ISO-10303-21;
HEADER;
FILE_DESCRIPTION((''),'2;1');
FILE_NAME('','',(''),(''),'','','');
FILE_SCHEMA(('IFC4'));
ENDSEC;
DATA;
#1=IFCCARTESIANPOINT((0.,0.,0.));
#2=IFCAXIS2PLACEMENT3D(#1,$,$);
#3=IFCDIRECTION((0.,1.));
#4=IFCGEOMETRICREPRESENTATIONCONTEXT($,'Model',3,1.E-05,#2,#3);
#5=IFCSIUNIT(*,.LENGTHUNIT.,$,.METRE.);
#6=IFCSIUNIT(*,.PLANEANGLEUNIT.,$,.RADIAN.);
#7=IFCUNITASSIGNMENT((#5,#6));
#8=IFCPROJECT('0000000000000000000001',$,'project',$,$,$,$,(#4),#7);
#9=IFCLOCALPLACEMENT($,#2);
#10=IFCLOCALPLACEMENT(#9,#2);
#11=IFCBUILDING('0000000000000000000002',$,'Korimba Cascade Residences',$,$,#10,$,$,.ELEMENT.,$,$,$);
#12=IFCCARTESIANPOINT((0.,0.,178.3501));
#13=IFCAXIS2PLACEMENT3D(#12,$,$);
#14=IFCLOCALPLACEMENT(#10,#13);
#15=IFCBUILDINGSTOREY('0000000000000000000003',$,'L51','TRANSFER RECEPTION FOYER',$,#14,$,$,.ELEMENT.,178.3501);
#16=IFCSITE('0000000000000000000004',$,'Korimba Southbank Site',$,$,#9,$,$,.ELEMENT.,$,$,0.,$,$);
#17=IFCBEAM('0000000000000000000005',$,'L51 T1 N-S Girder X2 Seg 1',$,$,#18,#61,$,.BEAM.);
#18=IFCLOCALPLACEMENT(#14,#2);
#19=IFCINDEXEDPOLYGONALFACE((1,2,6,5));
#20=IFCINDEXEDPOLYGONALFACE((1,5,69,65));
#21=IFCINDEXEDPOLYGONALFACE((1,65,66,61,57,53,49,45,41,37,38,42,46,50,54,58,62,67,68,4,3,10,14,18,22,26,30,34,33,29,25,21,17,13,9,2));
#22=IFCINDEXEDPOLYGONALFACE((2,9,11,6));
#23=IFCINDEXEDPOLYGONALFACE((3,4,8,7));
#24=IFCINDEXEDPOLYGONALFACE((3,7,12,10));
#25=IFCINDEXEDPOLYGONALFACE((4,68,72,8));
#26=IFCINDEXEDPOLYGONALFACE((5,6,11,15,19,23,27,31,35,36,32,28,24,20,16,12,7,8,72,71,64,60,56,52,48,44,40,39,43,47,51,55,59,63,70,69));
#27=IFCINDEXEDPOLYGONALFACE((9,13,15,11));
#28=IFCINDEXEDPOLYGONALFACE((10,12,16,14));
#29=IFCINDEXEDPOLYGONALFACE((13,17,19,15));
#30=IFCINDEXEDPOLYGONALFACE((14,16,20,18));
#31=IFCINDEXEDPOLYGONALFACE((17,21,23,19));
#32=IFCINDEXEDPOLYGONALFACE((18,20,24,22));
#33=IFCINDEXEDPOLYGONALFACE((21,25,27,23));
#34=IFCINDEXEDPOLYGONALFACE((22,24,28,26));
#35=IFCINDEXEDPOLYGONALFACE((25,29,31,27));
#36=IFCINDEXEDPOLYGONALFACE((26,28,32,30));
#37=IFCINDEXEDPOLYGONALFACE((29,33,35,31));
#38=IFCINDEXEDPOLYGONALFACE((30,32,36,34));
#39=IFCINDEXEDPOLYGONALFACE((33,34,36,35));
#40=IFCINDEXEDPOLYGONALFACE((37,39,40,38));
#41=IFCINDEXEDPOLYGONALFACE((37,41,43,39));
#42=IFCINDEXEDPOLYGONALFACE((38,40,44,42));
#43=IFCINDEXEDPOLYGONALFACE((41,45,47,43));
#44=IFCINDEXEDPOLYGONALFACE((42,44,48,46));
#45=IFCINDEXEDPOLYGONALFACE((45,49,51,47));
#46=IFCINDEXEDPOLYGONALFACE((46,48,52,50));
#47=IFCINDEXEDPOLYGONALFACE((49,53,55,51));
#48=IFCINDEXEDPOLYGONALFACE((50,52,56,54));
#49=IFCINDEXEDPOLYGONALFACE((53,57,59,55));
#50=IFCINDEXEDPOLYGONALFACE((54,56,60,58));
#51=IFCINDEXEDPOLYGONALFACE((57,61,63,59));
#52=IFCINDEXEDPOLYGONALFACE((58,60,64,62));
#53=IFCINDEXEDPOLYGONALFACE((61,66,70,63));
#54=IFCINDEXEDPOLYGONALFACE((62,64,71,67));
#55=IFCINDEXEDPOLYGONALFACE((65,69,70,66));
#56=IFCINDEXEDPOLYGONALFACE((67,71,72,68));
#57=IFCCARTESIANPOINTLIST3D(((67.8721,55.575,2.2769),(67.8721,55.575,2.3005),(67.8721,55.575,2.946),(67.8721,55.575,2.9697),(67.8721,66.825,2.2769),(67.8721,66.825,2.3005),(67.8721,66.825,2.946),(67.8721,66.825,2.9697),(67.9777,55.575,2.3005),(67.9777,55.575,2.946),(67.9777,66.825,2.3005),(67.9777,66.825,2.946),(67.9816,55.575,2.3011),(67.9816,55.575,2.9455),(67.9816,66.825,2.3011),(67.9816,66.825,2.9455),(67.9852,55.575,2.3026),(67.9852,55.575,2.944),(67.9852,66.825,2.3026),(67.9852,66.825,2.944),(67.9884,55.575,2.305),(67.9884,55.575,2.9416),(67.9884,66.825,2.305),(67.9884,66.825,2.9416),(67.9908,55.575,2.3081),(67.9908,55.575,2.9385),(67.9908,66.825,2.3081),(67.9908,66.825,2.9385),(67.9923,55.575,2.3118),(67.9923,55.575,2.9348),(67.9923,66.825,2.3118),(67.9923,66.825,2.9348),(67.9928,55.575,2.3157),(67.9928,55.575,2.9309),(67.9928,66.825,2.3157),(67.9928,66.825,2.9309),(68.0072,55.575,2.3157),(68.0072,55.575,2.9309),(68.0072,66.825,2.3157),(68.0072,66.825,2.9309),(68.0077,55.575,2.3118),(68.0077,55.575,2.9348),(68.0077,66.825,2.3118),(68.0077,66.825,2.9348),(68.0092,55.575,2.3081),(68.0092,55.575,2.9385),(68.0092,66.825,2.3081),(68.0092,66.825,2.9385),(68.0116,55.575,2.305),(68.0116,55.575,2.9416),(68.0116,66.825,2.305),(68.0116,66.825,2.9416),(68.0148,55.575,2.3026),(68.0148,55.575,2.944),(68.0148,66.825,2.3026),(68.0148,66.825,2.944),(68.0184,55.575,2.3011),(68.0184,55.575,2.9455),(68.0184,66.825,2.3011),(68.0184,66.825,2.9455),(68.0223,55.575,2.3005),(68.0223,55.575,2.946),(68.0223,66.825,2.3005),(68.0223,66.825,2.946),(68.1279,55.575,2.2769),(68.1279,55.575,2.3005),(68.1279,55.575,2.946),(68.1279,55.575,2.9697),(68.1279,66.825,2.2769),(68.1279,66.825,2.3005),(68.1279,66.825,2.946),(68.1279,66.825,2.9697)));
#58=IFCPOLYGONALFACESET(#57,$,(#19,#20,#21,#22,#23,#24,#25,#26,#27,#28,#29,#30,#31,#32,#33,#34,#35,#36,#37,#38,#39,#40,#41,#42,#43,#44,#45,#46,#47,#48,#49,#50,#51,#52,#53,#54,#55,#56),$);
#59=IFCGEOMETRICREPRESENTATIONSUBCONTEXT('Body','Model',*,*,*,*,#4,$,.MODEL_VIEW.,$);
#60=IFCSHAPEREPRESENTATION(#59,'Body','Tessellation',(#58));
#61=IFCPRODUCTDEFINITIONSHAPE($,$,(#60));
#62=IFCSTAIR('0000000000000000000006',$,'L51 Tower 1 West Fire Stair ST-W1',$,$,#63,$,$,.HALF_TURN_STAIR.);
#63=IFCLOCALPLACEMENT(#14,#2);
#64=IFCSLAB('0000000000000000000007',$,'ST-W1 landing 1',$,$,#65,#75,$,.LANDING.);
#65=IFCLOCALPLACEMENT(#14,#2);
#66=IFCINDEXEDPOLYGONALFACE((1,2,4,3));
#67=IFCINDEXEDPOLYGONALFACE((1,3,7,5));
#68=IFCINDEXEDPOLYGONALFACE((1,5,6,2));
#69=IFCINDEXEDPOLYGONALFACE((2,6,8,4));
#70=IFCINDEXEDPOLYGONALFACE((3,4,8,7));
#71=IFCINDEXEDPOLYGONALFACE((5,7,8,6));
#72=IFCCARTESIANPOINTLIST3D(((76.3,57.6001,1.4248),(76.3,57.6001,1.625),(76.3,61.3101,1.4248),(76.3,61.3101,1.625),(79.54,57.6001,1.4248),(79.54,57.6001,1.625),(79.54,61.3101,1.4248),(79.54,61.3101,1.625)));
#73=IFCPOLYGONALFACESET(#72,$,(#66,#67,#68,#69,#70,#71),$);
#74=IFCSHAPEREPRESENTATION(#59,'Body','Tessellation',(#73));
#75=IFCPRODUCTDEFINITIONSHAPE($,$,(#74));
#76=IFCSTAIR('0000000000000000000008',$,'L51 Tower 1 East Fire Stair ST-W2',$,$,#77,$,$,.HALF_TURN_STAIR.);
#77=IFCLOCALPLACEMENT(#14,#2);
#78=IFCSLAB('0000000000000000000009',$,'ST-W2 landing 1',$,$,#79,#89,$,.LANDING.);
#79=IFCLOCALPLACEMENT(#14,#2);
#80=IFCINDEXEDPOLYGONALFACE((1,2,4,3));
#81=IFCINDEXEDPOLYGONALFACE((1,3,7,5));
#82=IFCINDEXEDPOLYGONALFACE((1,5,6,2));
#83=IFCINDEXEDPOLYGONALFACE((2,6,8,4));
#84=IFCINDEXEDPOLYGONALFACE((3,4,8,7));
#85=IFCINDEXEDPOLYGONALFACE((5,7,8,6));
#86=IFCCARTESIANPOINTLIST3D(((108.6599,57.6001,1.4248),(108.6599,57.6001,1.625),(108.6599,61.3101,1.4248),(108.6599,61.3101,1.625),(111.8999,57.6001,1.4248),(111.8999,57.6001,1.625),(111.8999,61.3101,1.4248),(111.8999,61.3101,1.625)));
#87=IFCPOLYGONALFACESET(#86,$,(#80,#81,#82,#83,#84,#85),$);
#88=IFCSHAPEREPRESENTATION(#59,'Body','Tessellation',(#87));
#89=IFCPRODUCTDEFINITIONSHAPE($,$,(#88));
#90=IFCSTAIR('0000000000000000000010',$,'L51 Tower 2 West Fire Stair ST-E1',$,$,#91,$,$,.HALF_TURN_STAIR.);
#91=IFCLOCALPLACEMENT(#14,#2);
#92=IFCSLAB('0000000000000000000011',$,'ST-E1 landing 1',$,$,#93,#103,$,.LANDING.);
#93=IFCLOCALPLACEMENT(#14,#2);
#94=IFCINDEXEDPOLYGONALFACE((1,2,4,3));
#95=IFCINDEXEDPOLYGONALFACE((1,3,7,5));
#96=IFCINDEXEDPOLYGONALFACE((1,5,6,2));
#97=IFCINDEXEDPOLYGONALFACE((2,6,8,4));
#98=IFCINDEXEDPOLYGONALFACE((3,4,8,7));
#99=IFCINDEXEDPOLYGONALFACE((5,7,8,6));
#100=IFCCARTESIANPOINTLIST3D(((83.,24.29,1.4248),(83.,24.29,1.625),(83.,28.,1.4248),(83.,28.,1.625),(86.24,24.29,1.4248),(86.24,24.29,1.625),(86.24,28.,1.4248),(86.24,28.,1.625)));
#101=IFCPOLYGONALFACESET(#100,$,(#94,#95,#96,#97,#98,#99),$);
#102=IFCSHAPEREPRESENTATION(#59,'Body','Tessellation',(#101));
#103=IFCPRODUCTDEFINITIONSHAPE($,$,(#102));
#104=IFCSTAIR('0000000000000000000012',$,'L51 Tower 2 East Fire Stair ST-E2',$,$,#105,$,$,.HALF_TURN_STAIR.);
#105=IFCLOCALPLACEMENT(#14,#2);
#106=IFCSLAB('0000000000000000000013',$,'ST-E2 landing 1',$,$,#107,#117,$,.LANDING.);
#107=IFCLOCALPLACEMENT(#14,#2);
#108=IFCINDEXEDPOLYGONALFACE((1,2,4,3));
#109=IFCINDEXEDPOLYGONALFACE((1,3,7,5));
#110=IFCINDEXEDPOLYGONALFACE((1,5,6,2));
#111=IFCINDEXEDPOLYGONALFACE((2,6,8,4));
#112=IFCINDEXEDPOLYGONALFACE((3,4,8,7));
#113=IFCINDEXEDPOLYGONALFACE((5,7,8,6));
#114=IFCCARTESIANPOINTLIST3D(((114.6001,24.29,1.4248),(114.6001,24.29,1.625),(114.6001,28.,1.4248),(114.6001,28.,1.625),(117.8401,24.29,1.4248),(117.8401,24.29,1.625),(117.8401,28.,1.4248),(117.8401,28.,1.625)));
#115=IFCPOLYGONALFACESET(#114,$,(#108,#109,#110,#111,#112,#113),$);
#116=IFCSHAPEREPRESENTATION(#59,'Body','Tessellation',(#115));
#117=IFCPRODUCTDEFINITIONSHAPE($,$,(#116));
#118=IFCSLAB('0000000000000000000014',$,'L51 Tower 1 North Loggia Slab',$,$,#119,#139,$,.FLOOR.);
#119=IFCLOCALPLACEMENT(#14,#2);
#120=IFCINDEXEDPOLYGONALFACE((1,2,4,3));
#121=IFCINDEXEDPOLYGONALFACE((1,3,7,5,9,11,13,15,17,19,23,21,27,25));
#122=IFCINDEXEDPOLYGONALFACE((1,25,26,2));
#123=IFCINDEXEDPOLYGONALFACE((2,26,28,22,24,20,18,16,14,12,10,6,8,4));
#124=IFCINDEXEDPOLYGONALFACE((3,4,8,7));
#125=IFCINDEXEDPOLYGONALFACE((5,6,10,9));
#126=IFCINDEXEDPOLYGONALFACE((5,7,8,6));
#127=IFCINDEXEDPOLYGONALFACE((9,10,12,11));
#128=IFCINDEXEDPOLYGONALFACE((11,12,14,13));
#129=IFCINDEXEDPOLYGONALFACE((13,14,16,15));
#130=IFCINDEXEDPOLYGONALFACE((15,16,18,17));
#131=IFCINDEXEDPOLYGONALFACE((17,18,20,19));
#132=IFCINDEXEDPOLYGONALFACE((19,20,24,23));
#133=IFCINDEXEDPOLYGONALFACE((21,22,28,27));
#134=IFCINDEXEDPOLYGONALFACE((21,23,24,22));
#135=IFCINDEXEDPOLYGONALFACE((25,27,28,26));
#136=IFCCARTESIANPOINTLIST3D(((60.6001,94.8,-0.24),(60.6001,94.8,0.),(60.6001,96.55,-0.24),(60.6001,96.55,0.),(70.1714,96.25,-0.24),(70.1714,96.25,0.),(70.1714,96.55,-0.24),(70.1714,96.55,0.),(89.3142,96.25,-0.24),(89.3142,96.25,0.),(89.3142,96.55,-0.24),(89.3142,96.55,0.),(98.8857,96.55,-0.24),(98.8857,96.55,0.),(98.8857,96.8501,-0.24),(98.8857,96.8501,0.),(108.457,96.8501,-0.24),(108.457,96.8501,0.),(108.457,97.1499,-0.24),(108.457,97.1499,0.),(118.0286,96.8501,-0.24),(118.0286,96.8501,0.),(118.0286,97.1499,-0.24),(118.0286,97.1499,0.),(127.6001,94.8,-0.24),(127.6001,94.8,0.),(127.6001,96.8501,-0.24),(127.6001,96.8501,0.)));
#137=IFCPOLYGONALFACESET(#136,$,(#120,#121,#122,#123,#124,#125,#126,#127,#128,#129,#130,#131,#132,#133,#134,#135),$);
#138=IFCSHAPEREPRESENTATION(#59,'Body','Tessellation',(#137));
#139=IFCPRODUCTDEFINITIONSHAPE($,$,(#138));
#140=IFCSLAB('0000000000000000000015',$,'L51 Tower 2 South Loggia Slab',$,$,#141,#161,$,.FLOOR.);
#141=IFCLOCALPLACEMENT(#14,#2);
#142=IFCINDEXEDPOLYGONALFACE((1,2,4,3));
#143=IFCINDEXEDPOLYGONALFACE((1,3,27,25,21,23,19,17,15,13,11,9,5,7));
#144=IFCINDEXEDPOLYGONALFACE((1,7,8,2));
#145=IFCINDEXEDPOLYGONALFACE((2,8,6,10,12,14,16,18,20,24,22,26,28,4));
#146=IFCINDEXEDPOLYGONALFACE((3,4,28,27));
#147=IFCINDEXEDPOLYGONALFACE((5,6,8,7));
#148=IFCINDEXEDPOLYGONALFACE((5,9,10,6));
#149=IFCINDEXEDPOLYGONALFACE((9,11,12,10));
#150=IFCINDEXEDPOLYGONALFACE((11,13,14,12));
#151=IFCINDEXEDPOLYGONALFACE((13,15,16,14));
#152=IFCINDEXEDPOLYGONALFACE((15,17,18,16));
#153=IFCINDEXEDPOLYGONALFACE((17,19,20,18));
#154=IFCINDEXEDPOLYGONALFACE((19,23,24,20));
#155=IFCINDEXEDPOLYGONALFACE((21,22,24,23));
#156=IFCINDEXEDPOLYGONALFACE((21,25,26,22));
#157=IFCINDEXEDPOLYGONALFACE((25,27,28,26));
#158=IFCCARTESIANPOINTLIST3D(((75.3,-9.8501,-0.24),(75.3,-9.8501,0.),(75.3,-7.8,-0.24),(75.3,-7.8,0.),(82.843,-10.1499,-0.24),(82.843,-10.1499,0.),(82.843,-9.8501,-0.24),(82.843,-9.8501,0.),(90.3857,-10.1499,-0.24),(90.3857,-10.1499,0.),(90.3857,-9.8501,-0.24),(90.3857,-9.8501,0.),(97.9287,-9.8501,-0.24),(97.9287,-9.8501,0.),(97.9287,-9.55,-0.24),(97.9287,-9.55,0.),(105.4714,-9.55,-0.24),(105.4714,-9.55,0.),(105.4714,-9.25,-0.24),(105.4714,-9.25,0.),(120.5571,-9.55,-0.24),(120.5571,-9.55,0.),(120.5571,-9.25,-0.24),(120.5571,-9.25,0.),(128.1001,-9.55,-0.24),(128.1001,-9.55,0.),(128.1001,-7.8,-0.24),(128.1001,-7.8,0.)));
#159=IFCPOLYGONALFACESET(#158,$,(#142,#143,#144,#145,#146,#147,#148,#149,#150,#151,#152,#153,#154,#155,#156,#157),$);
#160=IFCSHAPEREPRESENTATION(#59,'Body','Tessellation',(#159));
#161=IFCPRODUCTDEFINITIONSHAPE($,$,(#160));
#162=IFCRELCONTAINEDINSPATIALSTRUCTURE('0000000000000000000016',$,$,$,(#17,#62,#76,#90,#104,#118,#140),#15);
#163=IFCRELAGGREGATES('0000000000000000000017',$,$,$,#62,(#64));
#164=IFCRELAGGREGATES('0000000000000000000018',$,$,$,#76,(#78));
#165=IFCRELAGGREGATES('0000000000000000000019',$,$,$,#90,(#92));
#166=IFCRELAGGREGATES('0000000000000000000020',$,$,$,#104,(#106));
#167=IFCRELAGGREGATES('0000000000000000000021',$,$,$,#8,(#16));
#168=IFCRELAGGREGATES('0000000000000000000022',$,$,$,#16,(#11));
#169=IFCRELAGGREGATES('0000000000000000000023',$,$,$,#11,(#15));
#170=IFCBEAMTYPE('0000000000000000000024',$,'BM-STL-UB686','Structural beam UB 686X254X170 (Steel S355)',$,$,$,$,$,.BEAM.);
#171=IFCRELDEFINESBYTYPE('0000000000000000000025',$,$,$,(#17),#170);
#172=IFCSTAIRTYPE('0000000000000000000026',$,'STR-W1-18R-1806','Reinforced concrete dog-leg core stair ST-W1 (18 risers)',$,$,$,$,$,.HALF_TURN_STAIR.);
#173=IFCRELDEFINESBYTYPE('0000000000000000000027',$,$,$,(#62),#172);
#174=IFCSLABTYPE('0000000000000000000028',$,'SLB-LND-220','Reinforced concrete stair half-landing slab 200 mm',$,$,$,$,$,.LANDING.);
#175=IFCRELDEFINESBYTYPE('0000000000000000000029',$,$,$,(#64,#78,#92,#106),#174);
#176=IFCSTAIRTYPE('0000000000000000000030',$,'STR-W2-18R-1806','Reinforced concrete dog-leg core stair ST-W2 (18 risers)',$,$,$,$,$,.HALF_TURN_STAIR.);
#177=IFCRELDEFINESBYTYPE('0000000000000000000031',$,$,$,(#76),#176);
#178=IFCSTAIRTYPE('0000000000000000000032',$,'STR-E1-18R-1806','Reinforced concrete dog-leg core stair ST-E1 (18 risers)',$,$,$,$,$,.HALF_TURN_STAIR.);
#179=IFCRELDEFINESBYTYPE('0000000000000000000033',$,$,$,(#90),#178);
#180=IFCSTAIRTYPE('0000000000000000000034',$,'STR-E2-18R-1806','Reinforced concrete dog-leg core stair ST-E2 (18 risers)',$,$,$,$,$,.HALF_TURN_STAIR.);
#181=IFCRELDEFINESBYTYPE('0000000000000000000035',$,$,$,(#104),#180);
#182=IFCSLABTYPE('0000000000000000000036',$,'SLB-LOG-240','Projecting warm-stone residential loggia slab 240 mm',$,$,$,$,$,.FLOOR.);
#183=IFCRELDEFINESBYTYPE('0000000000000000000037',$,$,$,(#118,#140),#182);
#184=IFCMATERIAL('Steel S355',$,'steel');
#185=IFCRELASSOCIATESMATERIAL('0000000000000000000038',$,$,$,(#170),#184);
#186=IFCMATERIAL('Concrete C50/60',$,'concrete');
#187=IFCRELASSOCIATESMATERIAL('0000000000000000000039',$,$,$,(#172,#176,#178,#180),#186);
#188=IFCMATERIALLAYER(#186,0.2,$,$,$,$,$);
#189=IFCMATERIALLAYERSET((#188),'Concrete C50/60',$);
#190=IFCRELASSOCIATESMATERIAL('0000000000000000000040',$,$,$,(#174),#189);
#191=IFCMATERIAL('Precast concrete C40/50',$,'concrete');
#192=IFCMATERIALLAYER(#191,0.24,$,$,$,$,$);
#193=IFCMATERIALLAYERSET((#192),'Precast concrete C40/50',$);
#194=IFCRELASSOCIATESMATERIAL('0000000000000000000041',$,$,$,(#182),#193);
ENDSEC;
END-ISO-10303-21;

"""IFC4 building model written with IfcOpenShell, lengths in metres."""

from ifc_helpers import new_model, si_unit, direction, frame, origin, origin_2d, place, context, subcontext, project, spatial, polyline, i_section, outline, extrude, material, layer, layer_set, material_profile, profile_set, type_object, element, aggregate, save


model = new_model("IFC4")

# Units and contexts
model_context = context("Model", 3, precision=1e-05, world=origin(), true_north=direction((0.0, 1.0)))
body_context = subcontext(model_context, "Body", "Model", "MODEL_VIEW")
ifc_project = project(units=[si_unit("LENGTHUNIT", "METRE"), si_unit("PLANEANGLEUNIT", "RADIAN")], contexts=[model_context])

# Site, building, storey
site_placement = place(None, origin())
site = spatial("IfcSite", under=ifc_project, at=site_placement, Name="Korimba Southbank Site", CompositionType="ELEMENT", RefElevation=0.0)
building_placement = place(site_placement, origin())
building = spatial("IfcBuilding", under=site, at=building_placement, Name="Korimba Cascade Residences", CompositionType="ELEMENT")
storey_placement = place(building_placement, frame((0.0, 0.0, 178.3501)))
storey = spatial("IfcBuildingStorey", under=building, at=storey_placement, Name="L51", Description="TRANSFER RECEPTION FOYER", CompositionType="ELEMENT", Elevation=178.3501)

# Beam
ifc_material_1 = material(Name="Steel S355", Category="steel")
ifc_material_profile_1 = material_profile(ifc_material_1, i_section(OverallWidth=0.2559, OverallDepth=0.6929, WebThickness=0.0144, FlangeThickness=0.0237, FilletRadius=0.0151, at=origin_2d()), Name="Steel S355")
ifc_profile_set_1 = profile_set([ifc_material_profile_1], Name="Steel S355")
beam_type_1 = type_object("IfcBeamType", Name="BM-STL-UB686", Description="Structural beam UB 686X254X170 (Steel S355)", PredefinedType="BEAM", material=ifc_profile_set_1)
beam_1_placement = place(storey_placement, frame((68.0, 55.575, 2.6233), z_axis=(0.0, 1.0, 0.0), x_axis=(-1.0, 0.0, 0.0)))
element("IfcBeam", 1, at=beam_1_placement, inside=storey, type_object=beam_type_1, Name="L51 T1 N-S Girder X2 Seg 1", PredefinedType="BEAM", context=body_context, shape_type="SweptSolid", body=[
    extrude(i_section(OverallWidth=0.2559, OverallDepth=0.6929, WebThickness=0.0144, FlangeThickness=0.0237, FilletRadius=0.0151, at=origin_2d()), origin(), (0.0, 0.0, 1.0), 11.25),
])

# Stairs, slabs
ifc_material_2 = material(Name="Concrete C50/60", Category="concrete")
stair_type_1 = type_object("IfcStairType", Name="STR-W1-18R-1806", Description="Reinforced concrete dog-leg core stair ST-W1 (18 risers)", PredefinedType="HALF_TURN_STAIR", material=ifc_material_2)
stair_1_placement = place(storey_placement, origin())
stair_1 = element("IfcStair", 2, at=stair_1_placement, inside=storey, type_object=stair_type_1, Name="L51 Tower 1 West Fire Stair ST-W1", PredefinedType="HALF_TURN_STAIR")
ifc_layer_1 = layer(ifc_material_2, 0.2)
ifc_layer_set_1 = layer_set([ifc_layer_1], Name="Concrete C50/60")
slab_type_1 = type_object("IfcSlabType", Name="SLB-LND-220", Description="Reinforced concrete stair half-landing slab 200 mm", PredefinedType="LANDING", material=ifc_layer_set_1)
slab_1_placement = place(storey_placement, frame((0.0, 0.0, 1.4248)))
slab_1 = element("IfcSlab", 3, at=slab_1_placement, type_object=slab_type_1, Name="ST-W1 landing 1", PredefinedType="LANDING", context=body_context, shape_type="SweptSolid", body=[
    extrude(outline(polyline([(76.3, 61.3101), (76.3, 57.6001), (79.54, 57.6001), (79.54, 61.3101), (76.3, 61.3101)])), origin(), (0.0, 0.0, 1.0), 0.2002),
])
aggregate(stair_1, [slab_1])
stair_type_2 = type_object("IfcStairType", Name="STR-W2-18R-1806", Description="Reinforced concrete dog-leg core stair ST-W2 (18 risers)", PredefinedType="HALF_TURN_STAIR", material=ifc_material_2)
stair_2_placement = place(storey_placement, origin())
stair_2 = element("IfcStair", 4, at=stair_2_placement, inside=storey, type_object=stair_type_2, Name="L51 Tower 1 East Fire Stair ST-W2", PredefinedType="HALF_TURN_STAIR")
slab_2_placement = place(storey_placement, frame((0.0, 0.0, 1.4248)))
slab_2 = element("IfcSlab", 5, at=slab_2_placement, type_object=slab_type_1, Name="ST-W2 landing 1", PredefinedType="LANDING", context=body_context, shape_type="SweptSolid", body=[
    extrude(outline(polyline([(108.6599, 61.3101), (108.6599, 57.6001), (111.8999, 57.6001), (111.8999, 61.3101), (108.6599, 61.3101)])), origin(), (0.0, 0.0, 1.0), 0.2002),
])
aggregate(stair_2, [slab_2])
stair_type_3 = type_object("IfcStairType", Name="STR-E1-18R-1806", Description="Reinforced concrete dog-leg core stair ST-E1 (18 risers)", PredefinedType="HALF_TURN_STAIR", material=ifc_material_2)
stair_3_placement = place(storey_placement, origin())
stair_3 = element("IfcStair", 6, at=stair_3_placement, inside=storey, type_object=stair_type_3, Name="L51 Tower 2 West Fire Stair ST-E1", PredefinedType="HALF_TURN_STAIR")
slab_3_placement = place(storey_placement, frame((0.0, 0.0, 1.4248)))
slab_3 = element("IfcSlab", 7, at=slab_3_placement, type_object=slab_type_1, Name="ST-E1 landing 1", PredefinedType="LANDING", context=body_context, shape_type="SweptSolid", body=[
    extrude(outline(polyline([(86.24, 24.29), (86.24, 28.0), (83.0, 28.0), (83.0, 24.29), (86.24, 24.29)])), origin(), (0.0, 0.0, 1.0), 0.2002),
])
aggregate(stair_3, [slab_3])
stair_type_4 = type_object("IfcStairType", Name="STR-E2-18R-1806", Description="Reinforced concrete dog-leg core stair ST-E2 (18 risers)", PredefinedType="HALF_TURN_STAIR", material=ifc_material_2)
stair_4_placement = place(storey_placement, origin())
stair_4 = element("IfcStair", 8, at=stair_4_placement, inside=storey, type_object=stair_type_4, Name="L51 Tower 2 East Fire Stair ST-E2", PredefinedType="HALF_TURN_STAIR")
slab_4_placement = place(storey_placement, frame((0.0, 0.0, 1.4248)))
slab_4 = element("IfcSlab", 9, at=slab_4_placement, type_object=slab_type_1, Name="ST-E2 landing 1", PredefinedType="LANDING", context=body_context, shape_type="SweptSolid", body=[
    extrude(outline(polyline([(117.8401, 24.29), (117.8401, 28.0), (114.6001, 28.0), (114.6001, 24.29), (117.8401, 24.29)])), origin(), (0.0, 0.0, 1.0), 0.2002),
])
aggregate(stair_4, [slab_4])

# Slabs
ifc_material_3 = material(Name="Precast concrete C40/50", Category="concrete")
ifc_layer_2 = layer(ifc_material_3, 0.24)
ifc_layer_set_2 = layer_set([ifc_layer_2], Name="Precast concrete C40/50")
slab_type_2 = type_object("IfcSlabType", Name="SLB-LOG-240", Description="Projecting warm-stone residential loggia slab 240 mm", PredefinedType="FLOOR", material=ifc_layer_set_2)
slab_5_placement = place(storey_placement, frame((0.0, 0.0, -0.24)))
element("IfcSlab", 10, at=slab_5_placement, inside=storey, type_object=slab_type_2, Name="L51 Tower 1 North Loggia Slab", PredefinedType="FLOOR", context=body_context, shape_type="SweptSolid", body=[
    extrude(outline(polyline([(60.6001, 94.8), (127.6001, 94.8), (127.6001, 96.8501), (118.0286, 96.8501), (118.0286, 97.1499), (108.457, 97.1499), (108.457, 96.8501), (98.8857, 96.8501), (98.8857, 96.55), (89.3142, 96.55), (89.3142, 96.25), (70.1714, 96.25), (70.1714, 96.55), (60.6001, 96.55), (60.6001, 94.8)])), origin(), (0.0, 0.0, 1.0), 0.24),
])
slab_6_placement = place(storey_placement, frame((0.0, 0.0, -0.24)))
element("IfcSlab", 11, at=slab_6_placement, inside=storey, type_object=slab_type_2, Name="L51 Tower 2 South Loggia Slab", PredefinedType="FLOOR", context=body_context, shape_type="SweptSolid", body=[
    extrude(outline(polyline([(75.3, -9.8501), (82.843, -9.8501), (82.843, -10.1499), (90.3857, -10.1499), (90.3857, -9.8501), (97.9287, -9.8501), (97.9287, -9.55), (105.4714, -9.55), (105.4714, -9.25), (120.5571, -9.25), (120.5571, -9.55), (128.1001, -9.55), (128.1001, -7.8), (75.3, -7.8), (75.3, -9.8501)])), origin(), (0.0, 0.0, 1.0), 0.24),
])

save(model, "model.ifc")
